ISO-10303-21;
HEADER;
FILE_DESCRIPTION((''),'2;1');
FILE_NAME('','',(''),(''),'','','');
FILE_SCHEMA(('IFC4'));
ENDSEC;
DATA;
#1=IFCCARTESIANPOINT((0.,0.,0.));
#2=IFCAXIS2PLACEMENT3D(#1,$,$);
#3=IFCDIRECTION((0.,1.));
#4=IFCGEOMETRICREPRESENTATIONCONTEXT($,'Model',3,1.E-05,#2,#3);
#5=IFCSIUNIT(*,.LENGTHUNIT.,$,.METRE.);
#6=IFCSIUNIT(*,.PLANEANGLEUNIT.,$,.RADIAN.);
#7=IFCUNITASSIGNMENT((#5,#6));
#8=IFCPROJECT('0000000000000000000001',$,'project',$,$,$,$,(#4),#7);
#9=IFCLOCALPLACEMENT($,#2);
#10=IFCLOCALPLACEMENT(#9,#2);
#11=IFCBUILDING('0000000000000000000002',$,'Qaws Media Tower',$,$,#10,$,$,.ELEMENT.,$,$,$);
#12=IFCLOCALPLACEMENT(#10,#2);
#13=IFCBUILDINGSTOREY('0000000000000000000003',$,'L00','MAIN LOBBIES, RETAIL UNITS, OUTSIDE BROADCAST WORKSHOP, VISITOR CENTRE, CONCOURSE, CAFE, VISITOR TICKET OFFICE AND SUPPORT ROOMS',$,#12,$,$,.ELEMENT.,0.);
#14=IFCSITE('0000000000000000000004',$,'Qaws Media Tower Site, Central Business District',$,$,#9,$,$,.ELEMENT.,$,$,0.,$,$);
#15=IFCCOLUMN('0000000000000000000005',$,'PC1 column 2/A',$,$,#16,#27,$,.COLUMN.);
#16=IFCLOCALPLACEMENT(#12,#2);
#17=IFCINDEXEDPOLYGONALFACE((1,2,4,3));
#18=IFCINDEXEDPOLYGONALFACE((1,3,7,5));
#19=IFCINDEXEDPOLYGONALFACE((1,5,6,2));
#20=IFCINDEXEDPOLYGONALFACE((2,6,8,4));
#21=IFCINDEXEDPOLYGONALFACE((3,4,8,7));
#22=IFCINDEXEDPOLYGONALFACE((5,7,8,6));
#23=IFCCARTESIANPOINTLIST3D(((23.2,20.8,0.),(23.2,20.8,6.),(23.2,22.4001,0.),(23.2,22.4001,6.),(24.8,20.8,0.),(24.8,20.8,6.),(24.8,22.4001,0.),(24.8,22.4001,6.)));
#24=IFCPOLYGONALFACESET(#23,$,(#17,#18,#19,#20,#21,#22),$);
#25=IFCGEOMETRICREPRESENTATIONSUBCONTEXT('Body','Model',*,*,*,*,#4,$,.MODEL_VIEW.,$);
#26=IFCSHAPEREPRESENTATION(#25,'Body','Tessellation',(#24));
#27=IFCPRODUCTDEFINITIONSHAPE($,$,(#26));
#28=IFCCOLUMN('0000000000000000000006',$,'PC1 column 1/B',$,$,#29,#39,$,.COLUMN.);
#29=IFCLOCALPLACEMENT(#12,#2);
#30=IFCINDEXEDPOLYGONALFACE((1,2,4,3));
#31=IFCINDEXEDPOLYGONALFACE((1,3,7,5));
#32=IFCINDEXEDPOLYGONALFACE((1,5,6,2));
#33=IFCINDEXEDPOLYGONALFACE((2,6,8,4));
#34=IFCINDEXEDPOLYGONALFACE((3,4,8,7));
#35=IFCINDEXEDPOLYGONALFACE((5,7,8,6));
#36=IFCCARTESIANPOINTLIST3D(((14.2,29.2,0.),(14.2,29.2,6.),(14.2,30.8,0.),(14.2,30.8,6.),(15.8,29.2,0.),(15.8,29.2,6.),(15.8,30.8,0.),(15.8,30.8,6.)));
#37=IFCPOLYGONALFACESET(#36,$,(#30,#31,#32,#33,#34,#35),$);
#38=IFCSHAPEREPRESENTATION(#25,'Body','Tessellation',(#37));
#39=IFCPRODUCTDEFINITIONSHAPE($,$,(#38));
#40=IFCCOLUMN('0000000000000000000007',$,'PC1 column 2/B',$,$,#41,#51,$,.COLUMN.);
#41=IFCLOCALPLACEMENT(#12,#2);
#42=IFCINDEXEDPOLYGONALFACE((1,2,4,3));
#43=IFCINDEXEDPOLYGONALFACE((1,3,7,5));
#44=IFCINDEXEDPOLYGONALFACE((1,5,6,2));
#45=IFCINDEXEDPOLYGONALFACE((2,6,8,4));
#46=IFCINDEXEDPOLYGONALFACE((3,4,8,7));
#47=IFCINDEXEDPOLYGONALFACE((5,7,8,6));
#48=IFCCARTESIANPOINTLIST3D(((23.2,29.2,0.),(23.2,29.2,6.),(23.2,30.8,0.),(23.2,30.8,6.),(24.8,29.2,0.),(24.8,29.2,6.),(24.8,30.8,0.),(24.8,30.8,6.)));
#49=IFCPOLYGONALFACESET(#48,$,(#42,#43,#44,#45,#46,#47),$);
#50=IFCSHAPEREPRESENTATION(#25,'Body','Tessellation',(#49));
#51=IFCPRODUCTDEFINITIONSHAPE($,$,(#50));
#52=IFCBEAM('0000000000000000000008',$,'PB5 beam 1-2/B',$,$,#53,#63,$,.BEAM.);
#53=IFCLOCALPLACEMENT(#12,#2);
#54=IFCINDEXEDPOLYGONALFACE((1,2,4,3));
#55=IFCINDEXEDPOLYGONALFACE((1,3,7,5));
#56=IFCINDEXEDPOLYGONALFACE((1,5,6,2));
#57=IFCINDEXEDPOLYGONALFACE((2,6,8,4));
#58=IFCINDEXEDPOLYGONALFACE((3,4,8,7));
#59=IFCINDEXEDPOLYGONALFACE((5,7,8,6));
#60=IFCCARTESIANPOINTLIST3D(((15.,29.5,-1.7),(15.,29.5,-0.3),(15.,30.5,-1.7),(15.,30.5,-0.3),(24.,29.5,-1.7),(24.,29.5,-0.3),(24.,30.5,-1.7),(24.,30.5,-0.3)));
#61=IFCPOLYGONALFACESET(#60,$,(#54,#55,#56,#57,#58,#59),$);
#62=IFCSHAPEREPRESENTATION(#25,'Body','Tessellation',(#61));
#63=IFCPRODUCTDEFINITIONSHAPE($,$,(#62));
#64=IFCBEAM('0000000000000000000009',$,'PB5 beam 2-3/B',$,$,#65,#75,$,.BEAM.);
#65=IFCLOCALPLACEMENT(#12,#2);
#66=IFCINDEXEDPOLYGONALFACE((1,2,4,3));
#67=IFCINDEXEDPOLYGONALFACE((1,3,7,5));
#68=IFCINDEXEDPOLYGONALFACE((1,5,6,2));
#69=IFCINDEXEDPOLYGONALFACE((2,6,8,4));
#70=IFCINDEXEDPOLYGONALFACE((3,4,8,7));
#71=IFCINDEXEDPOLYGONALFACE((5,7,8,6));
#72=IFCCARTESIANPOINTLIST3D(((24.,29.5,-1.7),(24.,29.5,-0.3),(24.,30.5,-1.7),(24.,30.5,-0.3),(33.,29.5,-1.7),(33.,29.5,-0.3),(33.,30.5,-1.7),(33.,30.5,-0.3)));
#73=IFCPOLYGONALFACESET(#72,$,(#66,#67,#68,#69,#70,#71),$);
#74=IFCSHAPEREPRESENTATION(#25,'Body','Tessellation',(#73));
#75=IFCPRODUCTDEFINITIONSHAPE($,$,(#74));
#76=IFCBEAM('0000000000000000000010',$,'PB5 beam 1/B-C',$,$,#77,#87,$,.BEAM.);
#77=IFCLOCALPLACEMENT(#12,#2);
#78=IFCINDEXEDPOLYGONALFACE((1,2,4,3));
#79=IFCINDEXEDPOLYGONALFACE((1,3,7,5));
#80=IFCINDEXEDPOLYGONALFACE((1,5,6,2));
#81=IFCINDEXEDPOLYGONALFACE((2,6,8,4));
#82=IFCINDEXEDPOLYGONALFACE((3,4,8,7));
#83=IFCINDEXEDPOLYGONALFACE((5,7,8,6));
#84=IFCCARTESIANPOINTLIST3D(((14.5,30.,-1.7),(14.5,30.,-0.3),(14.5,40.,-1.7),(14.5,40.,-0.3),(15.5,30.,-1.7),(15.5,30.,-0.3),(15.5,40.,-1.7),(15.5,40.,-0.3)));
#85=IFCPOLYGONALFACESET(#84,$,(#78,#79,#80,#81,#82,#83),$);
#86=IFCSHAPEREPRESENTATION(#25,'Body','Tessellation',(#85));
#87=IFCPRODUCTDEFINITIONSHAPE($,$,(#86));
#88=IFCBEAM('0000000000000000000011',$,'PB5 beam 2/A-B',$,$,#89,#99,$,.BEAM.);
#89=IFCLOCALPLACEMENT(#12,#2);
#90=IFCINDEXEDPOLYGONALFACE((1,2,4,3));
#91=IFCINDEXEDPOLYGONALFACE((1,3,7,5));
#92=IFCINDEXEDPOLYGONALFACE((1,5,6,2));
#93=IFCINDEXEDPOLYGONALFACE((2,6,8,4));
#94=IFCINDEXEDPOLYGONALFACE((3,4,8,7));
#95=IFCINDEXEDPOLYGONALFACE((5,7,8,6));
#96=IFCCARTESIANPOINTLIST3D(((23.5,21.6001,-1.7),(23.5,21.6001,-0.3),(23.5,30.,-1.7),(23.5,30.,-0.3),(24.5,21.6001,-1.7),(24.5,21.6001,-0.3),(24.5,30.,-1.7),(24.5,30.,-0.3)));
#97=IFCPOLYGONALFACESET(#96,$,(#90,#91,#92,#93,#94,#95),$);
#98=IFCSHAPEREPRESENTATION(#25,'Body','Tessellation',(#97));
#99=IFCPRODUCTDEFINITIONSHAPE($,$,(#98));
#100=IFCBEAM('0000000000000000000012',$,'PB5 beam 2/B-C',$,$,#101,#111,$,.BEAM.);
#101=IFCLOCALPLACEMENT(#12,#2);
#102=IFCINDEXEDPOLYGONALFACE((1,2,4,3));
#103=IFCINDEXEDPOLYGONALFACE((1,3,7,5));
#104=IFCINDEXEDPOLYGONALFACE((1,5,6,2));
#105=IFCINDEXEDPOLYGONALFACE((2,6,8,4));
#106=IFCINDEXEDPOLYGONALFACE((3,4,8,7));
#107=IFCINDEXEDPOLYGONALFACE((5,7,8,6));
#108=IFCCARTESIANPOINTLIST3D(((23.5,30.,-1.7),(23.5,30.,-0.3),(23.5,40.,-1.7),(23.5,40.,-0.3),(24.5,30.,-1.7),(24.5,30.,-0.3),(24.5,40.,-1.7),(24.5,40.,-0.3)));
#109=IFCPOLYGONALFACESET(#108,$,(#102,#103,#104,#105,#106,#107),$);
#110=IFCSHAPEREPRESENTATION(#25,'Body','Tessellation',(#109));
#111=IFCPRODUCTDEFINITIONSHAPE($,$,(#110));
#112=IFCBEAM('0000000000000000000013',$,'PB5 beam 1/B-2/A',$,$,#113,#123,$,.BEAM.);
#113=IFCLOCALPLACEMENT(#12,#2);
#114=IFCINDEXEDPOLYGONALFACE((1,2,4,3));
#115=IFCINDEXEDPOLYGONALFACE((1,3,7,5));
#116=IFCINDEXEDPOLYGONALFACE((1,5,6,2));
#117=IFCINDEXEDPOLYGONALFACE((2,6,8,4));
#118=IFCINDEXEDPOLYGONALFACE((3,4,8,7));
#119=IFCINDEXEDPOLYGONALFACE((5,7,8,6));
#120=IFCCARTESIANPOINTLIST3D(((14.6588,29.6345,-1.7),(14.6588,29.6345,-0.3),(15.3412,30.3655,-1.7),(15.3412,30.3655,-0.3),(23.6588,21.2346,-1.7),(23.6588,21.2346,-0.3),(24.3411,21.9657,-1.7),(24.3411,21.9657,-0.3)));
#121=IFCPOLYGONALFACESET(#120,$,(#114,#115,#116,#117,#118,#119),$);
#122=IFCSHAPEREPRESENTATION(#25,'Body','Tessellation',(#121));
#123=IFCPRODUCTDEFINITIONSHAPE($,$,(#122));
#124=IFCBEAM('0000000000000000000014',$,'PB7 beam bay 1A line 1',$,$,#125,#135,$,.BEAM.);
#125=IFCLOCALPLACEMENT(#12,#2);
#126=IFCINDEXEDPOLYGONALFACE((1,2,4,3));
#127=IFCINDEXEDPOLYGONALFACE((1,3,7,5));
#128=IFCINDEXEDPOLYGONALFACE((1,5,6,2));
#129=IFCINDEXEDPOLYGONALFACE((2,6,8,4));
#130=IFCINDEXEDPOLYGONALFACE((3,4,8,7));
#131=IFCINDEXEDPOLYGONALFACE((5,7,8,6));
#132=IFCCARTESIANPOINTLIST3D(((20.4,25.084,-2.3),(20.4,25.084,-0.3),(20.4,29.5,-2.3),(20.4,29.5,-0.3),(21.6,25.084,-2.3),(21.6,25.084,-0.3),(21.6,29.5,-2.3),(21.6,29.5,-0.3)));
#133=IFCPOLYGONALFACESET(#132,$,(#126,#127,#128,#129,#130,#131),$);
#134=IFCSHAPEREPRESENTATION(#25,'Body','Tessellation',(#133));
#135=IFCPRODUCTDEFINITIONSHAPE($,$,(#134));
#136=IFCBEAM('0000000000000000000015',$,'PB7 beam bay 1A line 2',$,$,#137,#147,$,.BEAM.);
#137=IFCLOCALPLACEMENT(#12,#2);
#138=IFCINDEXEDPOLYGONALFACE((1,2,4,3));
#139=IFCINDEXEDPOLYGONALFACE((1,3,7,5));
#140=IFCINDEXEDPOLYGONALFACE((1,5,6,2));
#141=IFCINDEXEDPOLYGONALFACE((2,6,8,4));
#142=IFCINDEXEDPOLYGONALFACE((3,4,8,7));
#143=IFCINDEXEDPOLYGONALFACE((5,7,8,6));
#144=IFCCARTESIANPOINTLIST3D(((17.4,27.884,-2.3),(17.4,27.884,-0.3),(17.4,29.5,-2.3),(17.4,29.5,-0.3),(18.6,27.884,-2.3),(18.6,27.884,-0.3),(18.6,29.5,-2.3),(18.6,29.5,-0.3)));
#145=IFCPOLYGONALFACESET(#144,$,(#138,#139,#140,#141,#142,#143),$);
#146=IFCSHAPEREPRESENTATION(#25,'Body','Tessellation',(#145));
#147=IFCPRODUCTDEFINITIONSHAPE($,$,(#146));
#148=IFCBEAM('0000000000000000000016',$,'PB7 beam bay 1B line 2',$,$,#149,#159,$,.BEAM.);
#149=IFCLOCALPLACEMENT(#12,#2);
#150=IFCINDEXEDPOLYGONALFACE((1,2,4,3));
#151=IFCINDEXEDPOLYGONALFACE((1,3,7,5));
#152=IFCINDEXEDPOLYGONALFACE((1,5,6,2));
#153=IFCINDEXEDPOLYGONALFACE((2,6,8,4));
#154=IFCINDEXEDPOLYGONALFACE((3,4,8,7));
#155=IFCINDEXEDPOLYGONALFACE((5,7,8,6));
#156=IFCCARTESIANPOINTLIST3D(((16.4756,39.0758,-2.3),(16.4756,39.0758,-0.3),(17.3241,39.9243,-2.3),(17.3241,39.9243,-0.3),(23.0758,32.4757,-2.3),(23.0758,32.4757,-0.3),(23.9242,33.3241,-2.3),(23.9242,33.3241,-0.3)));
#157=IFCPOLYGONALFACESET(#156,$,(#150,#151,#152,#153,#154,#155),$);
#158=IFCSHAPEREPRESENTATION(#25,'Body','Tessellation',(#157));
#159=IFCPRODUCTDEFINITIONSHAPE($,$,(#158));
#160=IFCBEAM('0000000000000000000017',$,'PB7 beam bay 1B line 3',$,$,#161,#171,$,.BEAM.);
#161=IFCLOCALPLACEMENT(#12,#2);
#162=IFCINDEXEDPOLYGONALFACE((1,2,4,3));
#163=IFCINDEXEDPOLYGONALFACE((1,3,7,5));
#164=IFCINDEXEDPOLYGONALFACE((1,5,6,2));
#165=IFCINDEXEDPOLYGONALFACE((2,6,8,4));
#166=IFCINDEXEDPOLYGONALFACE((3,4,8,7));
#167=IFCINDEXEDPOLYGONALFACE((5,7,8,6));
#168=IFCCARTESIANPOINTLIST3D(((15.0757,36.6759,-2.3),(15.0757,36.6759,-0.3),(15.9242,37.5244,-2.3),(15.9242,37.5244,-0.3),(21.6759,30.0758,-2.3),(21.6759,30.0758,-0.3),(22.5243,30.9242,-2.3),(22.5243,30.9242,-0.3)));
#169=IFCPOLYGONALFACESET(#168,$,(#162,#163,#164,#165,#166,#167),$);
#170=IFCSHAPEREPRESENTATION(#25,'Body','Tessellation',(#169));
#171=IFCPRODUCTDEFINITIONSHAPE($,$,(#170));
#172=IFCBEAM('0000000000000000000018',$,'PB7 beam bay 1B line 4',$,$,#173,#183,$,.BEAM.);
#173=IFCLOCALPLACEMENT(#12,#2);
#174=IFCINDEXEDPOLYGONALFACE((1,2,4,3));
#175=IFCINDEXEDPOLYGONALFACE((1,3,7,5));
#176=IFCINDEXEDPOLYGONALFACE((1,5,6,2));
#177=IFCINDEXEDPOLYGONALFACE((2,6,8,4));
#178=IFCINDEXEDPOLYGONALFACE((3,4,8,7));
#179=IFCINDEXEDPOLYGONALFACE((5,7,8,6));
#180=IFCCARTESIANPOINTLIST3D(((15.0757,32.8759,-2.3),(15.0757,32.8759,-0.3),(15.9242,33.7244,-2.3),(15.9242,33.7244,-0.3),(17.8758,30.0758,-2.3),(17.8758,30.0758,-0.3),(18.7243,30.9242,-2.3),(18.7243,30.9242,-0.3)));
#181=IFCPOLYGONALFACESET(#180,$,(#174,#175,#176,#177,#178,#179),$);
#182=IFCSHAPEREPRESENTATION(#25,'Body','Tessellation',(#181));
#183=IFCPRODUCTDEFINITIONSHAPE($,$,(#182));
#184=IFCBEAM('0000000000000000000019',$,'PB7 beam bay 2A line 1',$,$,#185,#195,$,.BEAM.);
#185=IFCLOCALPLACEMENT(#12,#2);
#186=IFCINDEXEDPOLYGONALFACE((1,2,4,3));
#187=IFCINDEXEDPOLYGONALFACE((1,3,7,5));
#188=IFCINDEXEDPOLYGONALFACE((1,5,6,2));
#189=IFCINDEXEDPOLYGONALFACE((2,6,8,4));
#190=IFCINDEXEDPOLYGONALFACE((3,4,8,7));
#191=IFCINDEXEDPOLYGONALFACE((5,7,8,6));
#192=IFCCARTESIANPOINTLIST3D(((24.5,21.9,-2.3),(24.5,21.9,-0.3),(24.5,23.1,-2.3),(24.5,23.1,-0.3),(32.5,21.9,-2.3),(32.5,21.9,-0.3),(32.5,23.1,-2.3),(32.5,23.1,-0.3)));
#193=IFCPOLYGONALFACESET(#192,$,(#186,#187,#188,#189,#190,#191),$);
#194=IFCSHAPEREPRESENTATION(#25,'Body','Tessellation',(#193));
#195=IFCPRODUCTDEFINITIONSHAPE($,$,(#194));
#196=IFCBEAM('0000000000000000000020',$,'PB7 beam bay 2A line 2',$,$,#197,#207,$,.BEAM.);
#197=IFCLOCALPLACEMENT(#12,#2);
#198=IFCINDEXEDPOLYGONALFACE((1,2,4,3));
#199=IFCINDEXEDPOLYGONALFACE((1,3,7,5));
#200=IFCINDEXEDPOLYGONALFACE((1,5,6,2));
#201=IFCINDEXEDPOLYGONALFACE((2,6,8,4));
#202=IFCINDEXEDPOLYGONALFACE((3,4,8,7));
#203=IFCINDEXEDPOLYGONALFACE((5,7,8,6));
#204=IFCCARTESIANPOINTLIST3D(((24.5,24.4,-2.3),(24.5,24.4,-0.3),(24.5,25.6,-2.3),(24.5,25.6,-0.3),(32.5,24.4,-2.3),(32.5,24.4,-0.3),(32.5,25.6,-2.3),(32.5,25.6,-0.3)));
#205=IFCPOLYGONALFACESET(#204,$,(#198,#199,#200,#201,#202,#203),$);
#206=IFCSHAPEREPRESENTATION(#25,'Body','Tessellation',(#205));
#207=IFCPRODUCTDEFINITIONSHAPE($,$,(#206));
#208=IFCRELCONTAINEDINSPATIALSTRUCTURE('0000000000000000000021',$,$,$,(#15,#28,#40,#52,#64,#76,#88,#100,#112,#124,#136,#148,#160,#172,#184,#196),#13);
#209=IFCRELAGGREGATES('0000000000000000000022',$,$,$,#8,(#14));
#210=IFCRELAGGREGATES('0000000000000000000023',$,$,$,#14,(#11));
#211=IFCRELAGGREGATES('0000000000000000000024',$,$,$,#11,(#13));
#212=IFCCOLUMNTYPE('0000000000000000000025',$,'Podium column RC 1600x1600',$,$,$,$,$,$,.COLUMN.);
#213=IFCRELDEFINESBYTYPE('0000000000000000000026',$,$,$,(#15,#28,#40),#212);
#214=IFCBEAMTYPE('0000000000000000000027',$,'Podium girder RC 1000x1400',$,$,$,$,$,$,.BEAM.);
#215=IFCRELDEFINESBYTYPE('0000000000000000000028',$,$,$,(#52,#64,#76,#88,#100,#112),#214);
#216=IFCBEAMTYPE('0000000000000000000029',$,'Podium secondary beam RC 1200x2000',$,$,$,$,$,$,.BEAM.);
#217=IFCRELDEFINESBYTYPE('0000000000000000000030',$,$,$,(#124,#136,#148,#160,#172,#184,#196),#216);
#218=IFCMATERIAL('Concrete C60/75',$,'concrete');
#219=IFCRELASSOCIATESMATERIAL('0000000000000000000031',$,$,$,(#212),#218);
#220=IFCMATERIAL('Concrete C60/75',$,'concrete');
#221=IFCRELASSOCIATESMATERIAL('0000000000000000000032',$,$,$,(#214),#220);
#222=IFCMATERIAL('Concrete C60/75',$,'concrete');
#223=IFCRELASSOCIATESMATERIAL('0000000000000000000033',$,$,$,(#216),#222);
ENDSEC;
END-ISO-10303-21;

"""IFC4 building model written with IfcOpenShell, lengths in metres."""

from ifc_helpers import new_model, si_unit, direction, frame, origin, origin_2d, place, context, subcontext, project, spatial, rectangle, extrude, material, material_profile, profile_set, type_object, element, save


model = new_model("IFC4")

# Units and contexts
model_context = context("Model", 3, precision=1e-05, world=origin(), true_north=direction((0.0, 1.0)))
body_context = subcontext(model_context, "Body", "Model", "MODEL_VIEW")
ifc_project = project(units=[si_unit("LENGTHUNIT", "METRE"), si_unit("PLANEANGLEUNIT", "RADIAN")], contexts=[model_context])

# Site, building, storey
site_placement = place(None, origin())
site = spatial("IfcSite", under=ifc_project, at=site_placement, Name="Qaws Media Tower Site, Central Business District", CompositionType="ELEMENT", RefElevation=0.0)
building_placement = place(site_placement, origin())
building = spatial("IfcBuilding", under=site, at=building_placement, Name="Qaws Media Tower", CompositionType="ELEMENT")
storey_placement = place(building_placement, origin())
storey = spatial("IfcBuildingStorey", under=building, at=storey_placement, Name="L00", Description="MAIN LOBBIES, RETAIL UNITS, OUTSIDE BROADCAST WORKSHOP, VISITOR CENTRE, CONCOURSE, CAFE, VISITOR TICKET OFFICE AND SUPPORT ROOMS", CompositionType="ELEMENT", Elevation=0.0)

# Columns
ifc_material_1 = material(Name="Concrete C60/75", Category="concrete")
ifc_material_profile_1 = material_profile(ifc_material_1, rectangle(XDim=1.6001, YDim=1.6001, at=origin_2d()), Name="RC 1600x1600")
ifc_profile_set_1 = profile_set([ifc_material_profile_1], Name="Concrete C60/75")
column_type = type_object("IfcColumnType", Name="Podium column RC 1600x1600", PredefinedType="COLUMN", material=ifc_profile_set_1)
for number, where, z_axis, x_axis, name in (
    (1, (24.0, 21.6001, 0.0), (0.0, 0.0, 1.0), (1.0, 0.0, 0.0), "PC1 column 2/A"),
    (2, (15.0, 30.0, 0.0), (0.0, 0.0, 1.0), (1.0, 0.0, 0.0), "PC1 column 1/B"),
    (3, (24.0, 30.0, 0.0), (0.0, 0.0, 1.0), (1.0, 0.0, 0.0), "PC1 column 2/B"),
):
    element("IfcColumn", number, at=place(storey_placement, frame(where, z_axis=z_axis, x_axis=x_axis)), inside=storey, type_object=column_type, Name=name, PredefinedType="COLUMN", context=body_context, shape_type="SweptSolid", body=[
        extrude(rectangle(XDim=1.6001, YDim=1.6001, at=origin_2d()), origin(), (0.0, 0.0, 1.0), 6.0),
    ])

# Beams
ifc_material_2 = material(Name="Concrete C60/75", Category="concrete")
ifc_material_profile_2 = material_profile(ifc_material_2, rectangle(XDim=1.0, YDim=1.3999, at=origin_2d()), Name="RC 1000x1400")
ifc_profile_set_2 = profile_set([ifc_material_profile_2], Name="Concrete C60/75")
beam_type_1 = type_object("IfcBeamType", Name="Podium girder RC 1000x1400", PredefinedType="BEAM", material=ifc_profile_set_2)
for number, where, z_axis, x_axis, name in (
    (4, (15.0, 30.0, -1.0), (1.0, 0.0, 0.0), (0.0, 1.0, 0.0), "PB5 beam 1-2/B"),
    (5, (24.0, 30.0, -1.0), (1.0, 0.0, 0.0), (0.0, 1.0, 0.0), "PB5 beam 2-3/B"),
):
    element("IfcBeam", number, at=place(storey_placement, frame(where, z_axis=z_axis, x_axis=x_axis)), inside=storey, type_object=beam_type_1, Name=name, PredefinedType="BEAM", context=body_context, shape_type="SweptSolid", body=[
        extrude(rectangle(XDim=1.0, YDim=1.3999, at=origin_2d()), origin(), (0.0, 0.0, 1.0), 9.0),
    ])
beam_1_placement = place(storey_placement, frame((15.0, 30.0, -1.0), z_axis=(0.0, 1.0, 0.0), x_axis=(-1.0, 0.0, 0.0)))
element("IfcBeam", 6, at=beam_1_placement, inside=storey, type_object=beam_type_1, Name="PB5 beam 1/B-C", PredefinedType="BEAM", context=body_context, shape_type="SweptSolid", body=[
    extrude(rectangle(XDim=1.0, YDim=1.3999, at=origin_2d()), origin(), (0.0, 0.0, 1.0), 10.0),
])
beam_2_placement = place(storey_placement, frame((24.0, 21.6001, -1.0), z_axis=(0.0, 1.0, 0.0), x_axis=(-1.0, 0.0, 0.0)))
element("IfcBeam", 7, at=beam_2_placement, inside=storey, type_object=beam_type_1, Name="PB5 beam 2/A-B", PredefinedType="BEAM", context=body_context, shape_type="SweptSolid", body=[
    extrude(rectangle(XDim=1.0, YDim=1.3999, at=origin_2d()), origin(), (0.0, 0.0, 1.0), 8.3999),
])
beam_3_placement = place(storey_placement, frame((24.0, 30.0, -1.0), z_axis=(0.0, 1.0, 0.0), x_axis=(-1.0, 0.0, 0.0)))
element("IfcBeam", 8, at=beam_3_placement, inside=storey, type_object=beam_type_1, Name="PB5 beam 2/B-C", PredefinedType="BEAM", context=body_context, shape_type="SweptSolid", body=[
    extrude(rectangle(XDim=1.0, YDim=1.3999, at=origin_2d()), origin(), (0.0, 0.0, 1.0), 10.0),
])
beam_4_placement = place(storey_placement, frame((15.0, 30.0, -1.0), z_axis=(0.731059, -0.682314, 0.0), x_axis=(0.682314, 0.731059, 0.0)))
element("IfcBeam", 9, at=beam_4_placement, inside=storey, type_object=beam_type_1, Name="PB5 beam 1/B-2/A", PredefinedType="BEAM", context=body_context, shape_type="SweptSolid", body=[
    extrude(rectangle(XDim=1.0, YDim=1.3999, at=origin_2d()), origin(), (0.0, 0.0, 1.0), 12.3108),
])
ifc_material_3 = material(Name="Concrete C60/75", Category="concrete")
ifc_material_profile_3 = material_profile(ifc_material_3, rectangle(XDim=1.2, YDim=2.0, at=origin_2d()), Name="RC 1200x2000")
ifc_profile_set_3 = profile_set([ifc_material_profile_3], Name="Concrete C60/75")
beam_type_2 = type_object("IfcBeamType", Name="Podium secondary beam RC 1200x2000", PredefinedType="BEAM", material=ifc_profile_set_3)
beam_5_placement = place(storey_placement, frame((21.0, 25.084, -1.3), z_axis=(0.0, 1.0, 0.0), x_axis=(-1.0, 0.0, 0.0)))
element("IfcBeam", 10, at=beam_5_placement, inside=storey, type_object=beam_type_2, Name="PB7 beam bay 1A line 1", PredefinedType="BEAM", context=body_context, shape_type="SweptSolid", body=[
    extrude(rectangle(XDim=1.2, YDim=2.0, at=origin_2d()), origin(), (0.0, 0.0, 1.0), 4.416),
])
beam_6_placement = place(storey_placement, frame((18.0, 27.884, -1.3), z_axis=(0.0, 1.0, 0.0), x_axis=(-1.0, 0.0, 0.0)))
element("IfcBeam", 11, at=beam_6_placement, inside=storey, type_object=beam_type_2, Name="PB7 beam bay 1A line 2", PredefinedType="BEAM", context=body_context, shape_type="SweptSolid", body=[
    extrude(rectangle(XDim=1.2, YDim=2.0, at=origin_2d()), origin(), (0.0, 0.0, 1.0), 1.616),
])
for number, where, z_axis, x_axis, name in (
    (12, (23.5, 32.8999, -1.3), (-0.707107, 0.707107, 0.0), (-0.707107, -0.707107, 0.0), "PB7 beam bay 1B line 2"),
    (13, (22.1001, 30.5, -1.3), (-0.707107, 0.707107, 0.0), (-0.707107, -0.707107, 0.0), "PB7 beam bay 1B line 3"),
):
    element("IfcBeam", number, at=place(storey_placement, frame(where, z_axis=z_axis, x_axis=x_axis)), inside=storey, type_object=beam_type_2, Name=name, PredefinedType="BEAM", context=body_context, shape_type="SweptSolid", body=[
        extrude(rectangle(XDim=1.2, YDim=2.0, at=origin_2d()), origin(), (0.0, 0.0, 1.0), 9.334),
    ])
beam_7_placement = place(storey_placement, frame((18.3, 30.5, -1.3), z_axis=(-0.707107, 0.707107, 0.0), x_axis=(-0.707107, -0.707107, 0.0)))
element("IfcBeam", 14, at=beam_7_placement, inside=storey, type_object=beam_type_2, Name="PB7 beam bay 1B line 4", PredefinedType="BEAM", context=body_context, shape_type="SweptSolid", body=[
    extrude(rectangle(XDim=1.2, YDim=2.0, at=origin_2d()), origin(), (0.0, 0.0, 1.0), 3.96),
])
for number, where, z_axis, x_axis, name in (
    (15, (24.5, 22.5, -1.3), (1.0, 0.0, 0.0), (0.0, 1.0, 0.0), "PB7 beam bay 2A line 1"),
    (16, (24.5, 25.0, -1.3), (1.0, 0.0, 0.0), (0.0, 1.0, 0.0), "PB7 beam bay 2A line 2"),
):
    element("IfcBeam", number, at=place(storey_placement, frame(where, z_axis=z_axis, x_axis=x_axis)), inside=storey, type_object=beam_type_2, Name=name, PredefinedType="BEAM", context=body_context, shape_type="SweptSolid", body=[
        extrude(rectangle(XDim=1.2, YDim=2.0, at=origin_2d()), origin(), (0.0, 0.0, 1.0), 8.0),
    ])

save(model, "model.ifc")
